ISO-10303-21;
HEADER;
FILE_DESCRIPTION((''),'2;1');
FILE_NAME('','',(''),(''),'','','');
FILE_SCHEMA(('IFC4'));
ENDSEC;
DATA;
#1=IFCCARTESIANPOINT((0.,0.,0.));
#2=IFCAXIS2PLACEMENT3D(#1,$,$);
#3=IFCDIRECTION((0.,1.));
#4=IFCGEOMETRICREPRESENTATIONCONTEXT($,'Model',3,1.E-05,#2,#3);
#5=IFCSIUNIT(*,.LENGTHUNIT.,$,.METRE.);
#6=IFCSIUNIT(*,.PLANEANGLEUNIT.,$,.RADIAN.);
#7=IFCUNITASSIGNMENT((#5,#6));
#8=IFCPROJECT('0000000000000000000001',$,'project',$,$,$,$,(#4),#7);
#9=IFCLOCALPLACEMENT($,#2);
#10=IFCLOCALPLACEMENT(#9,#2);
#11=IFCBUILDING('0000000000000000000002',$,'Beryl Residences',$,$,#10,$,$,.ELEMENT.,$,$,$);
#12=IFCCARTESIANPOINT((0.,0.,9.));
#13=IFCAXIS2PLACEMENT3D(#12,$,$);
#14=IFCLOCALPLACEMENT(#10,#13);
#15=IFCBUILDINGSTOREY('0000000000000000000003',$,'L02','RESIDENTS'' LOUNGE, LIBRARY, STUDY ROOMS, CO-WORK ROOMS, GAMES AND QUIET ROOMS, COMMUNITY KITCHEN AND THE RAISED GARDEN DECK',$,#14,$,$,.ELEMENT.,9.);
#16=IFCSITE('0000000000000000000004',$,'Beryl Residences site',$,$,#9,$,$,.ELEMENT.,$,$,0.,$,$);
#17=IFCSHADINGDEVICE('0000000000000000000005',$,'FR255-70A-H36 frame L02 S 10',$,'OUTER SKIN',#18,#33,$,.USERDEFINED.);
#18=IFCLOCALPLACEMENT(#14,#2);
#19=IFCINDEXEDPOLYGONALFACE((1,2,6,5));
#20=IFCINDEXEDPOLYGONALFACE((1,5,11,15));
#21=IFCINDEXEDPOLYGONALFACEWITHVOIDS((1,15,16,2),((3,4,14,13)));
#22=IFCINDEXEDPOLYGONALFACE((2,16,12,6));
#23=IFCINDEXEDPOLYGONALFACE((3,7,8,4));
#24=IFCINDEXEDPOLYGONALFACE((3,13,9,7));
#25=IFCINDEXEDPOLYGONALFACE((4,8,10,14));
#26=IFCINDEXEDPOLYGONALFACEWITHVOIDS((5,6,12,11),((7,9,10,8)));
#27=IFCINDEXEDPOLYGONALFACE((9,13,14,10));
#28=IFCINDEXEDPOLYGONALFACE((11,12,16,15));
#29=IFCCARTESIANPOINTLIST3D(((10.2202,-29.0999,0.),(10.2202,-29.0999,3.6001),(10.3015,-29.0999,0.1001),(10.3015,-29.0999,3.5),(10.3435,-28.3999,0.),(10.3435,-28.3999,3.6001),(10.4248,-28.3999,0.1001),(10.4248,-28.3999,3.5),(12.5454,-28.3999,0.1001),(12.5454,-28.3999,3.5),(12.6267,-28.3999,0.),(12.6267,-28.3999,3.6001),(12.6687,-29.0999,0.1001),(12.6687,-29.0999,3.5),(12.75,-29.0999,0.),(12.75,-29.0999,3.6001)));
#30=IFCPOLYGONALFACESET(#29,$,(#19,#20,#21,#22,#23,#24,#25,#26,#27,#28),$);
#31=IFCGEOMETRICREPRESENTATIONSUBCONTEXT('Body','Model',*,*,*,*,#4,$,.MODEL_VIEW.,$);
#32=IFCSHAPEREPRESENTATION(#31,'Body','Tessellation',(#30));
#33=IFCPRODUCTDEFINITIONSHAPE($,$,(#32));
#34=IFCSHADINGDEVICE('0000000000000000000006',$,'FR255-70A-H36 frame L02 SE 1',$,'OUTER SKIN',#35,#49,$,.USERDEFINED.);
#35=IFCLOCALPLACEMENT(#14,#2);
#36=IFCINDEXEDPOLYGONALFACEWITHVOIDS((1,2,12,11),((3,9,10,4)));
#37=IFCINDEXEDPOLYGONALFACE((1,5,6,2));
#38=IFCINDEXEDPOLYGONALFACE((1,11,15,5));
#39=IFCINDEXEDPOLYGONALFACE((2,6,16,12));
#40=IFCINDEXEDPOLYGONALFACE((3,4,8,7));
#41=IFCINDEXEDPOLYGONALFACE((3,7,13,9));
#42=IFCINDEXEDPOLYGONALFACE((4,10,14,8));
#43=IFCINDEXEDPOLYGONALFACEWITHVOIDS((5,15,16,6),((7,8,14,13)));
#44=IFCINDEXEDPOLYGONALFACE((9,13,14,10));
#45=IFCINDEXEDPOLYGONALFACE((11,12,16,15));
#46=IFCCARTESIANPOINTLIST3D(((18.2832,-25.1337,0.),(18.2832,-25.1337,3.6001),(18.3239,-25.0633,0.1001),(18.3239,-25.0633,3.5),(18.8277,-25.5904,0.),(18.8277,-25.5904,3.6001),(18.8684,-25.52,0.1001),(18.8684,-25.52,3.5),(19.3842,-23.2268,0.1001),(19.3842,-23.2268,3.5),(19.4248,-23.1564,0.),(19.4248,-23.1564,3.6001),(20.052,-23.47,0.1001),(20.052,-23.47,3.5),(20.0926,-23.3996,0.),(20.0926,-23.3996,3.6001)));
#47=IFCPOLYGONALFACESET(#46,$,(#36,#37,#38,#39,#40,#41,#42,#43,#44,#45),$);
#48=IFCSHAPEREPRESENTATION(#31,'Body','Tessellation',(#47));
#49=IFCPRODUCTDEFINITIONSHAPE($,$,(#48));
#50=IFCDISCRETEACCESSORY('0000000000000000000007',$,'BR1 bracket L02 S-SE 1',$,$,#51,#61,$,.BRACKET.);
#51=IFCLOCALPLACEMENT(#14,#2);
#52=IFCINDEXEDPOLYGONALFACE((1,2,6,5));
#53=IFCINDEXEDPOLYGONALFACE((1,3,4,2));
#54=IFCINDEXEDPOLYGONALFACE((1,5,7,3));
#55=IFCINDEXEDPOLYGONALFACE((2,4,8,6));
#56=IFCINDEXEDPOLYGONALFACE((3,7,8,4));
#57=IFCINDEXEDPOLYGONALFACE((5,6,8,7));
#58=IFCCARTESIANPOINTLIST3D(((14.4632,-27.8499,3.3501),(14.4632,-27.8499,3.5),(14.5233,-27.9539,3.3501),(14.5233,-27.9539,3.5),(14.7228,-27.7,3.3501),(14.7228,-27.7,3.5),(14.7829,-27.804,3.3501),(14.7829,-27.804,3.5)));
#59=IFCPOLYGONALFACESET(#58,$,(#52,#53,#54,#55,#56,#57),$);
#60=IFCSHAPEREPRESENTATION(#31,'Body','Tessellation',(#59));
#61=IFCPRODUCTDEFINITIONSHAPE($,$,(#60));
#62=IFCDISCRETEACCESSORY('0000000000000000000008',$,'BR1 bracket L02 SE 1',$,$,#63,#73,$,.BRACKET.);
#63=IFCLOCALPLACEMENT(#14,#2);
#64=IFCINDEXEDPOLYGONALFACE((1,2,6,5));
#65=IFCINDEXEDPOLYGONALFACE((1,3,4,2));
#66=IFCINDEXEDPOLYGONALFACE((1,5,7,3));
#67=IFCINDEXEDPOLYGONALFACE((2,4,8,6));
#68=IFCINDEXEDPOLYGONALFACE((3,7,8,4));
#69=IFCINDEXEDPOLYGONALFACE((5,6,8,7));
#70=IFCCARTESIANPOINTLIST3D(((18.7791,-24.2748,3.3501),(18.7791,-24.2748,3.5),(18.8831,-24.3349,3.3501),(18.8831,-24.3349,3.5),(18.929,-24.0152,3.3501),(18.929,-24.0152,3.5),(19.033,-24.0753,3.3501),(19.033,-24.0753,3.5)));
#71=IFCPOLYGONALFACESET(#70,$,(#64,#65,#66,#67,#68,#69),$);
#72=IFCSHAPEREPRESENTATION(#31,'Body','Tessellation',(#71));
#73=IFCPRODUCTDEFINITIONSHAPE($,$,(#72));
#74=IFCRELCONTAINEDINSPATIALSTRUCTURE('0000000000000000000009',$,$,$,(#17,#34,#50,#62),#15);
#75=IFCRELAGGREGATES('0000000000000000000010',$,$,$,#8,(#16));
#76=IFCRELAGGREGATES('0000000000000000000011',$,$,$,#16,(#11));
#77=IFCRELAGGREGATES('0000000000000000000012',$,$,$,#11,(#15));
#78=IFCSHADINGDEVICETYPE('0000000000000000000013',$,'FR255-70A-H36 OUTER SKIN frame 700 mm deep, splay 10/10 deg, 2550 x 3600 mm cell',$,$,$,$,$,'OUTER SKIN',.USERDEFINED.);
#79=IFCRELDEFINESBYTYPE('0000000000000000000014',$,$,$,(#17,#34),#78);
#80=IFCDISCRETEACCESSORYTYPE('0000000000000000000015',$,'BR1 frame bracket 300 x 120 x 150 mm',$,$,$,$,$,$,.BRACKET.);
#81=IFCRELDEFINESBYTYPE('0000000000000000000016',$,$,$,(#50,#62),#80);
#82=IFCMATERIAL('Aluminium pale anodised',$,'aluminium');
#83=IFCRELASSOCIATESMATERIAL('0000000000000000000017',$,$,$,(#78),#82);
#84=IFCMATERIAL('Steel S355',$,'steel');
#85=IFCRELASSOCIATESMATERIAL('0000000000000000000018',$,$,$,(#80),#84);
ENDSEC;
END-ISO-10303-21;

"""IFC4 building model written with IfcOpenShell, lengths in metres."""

from ifc_helpers import new_model, entity, si_unit, direction, frame, origin, place, context, subcontext, project, spatial, polyline, outline, extrude, source, transform, mapped, material, type_object, type_shapes, element, save


model = new_model("IFC4")

# Units and contexts
model_context = context("Model", 3, precision=1e-05, world=origin(), true_north=direction((0.0, 1.0)))
body_context = subcontext(model_context, "Body", "Model", "MODEL_VIEW")
ifc_project = project(units=[si_unit("LENGTHUNIT", "METRE"), si_unit("PLANEANGLEUNIT", "RADIAN")], contexts=[model_context])

# Site, building, storey
site_placement = place(None, origin())
site = spatial("IfcSite", under=ifc_project, at=site_placement, Name="Beryl Residences site", CompositionType="ELEMENT", RefElevation=0.0)
building_placement = place(site_placement, origin())
building = spatial("IfcBuilding", under=site, at=building_placement, Name="Beryl Residences", CompositionType="ELEMENT")
storey_placement = place(building_placement, frame((0.0, 0.0, 9.0)))
storey = spatial("IfcBuildingStorey", under=building, at=storey_placement, Name="L02", Description="RESIDENTS' LOUNGE, LIBRARY, STUDY ROOMS, CO-WORK ROOMS, GAMES AND QUIET ROOMS, COMMUNITY KITCHEN AND THE RAISED GARDEN DECK", CompositionType="ELEMENT", Elevation=9.0)

# Shading devices
ifc_material_1 = material(Name="Aluminium pale anodised", Category="aluminium")
shading_device_type_1 = type_object("IfcShadingDeviceType", Name="FR255-70A-H36 OUTER SKIN frame 700 mm deep, splay 10/10 deg, 2550 x 3600 mm cell", ElementType="OUTER SKIN", PredefinedType="USERDEFINED", material=ifc_material_1)
cartesian_point_1 = entity("IfcCartesianPoint", [-1.1416, 0.0])
cartesian_point_2 = entity("IfcCartesianPoint", [-1.0603, 0.1001])
cartesian_point_3 = entity("IfcCartesianPoint", [-1.2649, 0.0])
cartesian_point_4 = entity("IfcCartesianPoint", [-1.1836, 0.1001])
shared_shape_1 = source(origin(), body_context, "Body", "SweptSolid", [
    entity("IfcExtrudedAreaSolidTapered", entity("IfcArbitraryProfileDefWithVoids", "AREA", None, entity("IfcPolyline", [cartesian_point_1, entity("IfcCartesianPoint", [1.1416, 0.0]), entity("IfcCartesianPoint", [1.1416, 3.6001]), entity("IfcCartesianPoint", [-1.1416, 3.6001]), cartesian_point_1]), [entity("IfcPolyline", [cartesian_point_2, entity("IfcCartesianPoint", [1.0603, 0.1001]), entity("IfcCartesianPoint", [1.0603, 3.5]), entity("IfcCartesianPoint", [-1.0603, 3.5]), cartesian_point_2])]), entity("IfcAxis2Placement3D", entity("IfcCartesianPoint", [0.0, 0.0, 0.0]), entity("IfcDirection", [0.0, 1.0, 0.0]), entity("IfcDirection", [-1.0, 0.0, 0.0])), entity("IfcDirection", [0.0, 0.0, 1.0]), 0.7, entity("IfcArbitraryProfileDefWithVoids", "AREA", None, entity("IfcPolyline", [cartesian_point_3, entity("IfcCartesianPoint", [1.2649, 0.0]), entity("IfcCartesianPoint", [1.2649, 3.6001]), entity("IfcCartesianPoint", [-1.2649, 3.6001]), cartesian_point_3]), [entity("IfcPolyline", [cartesian_point_4, entity("IfcCartesianPoint", [1.1836, 0.1001]), entity("IfcCartesianPoint", [1.1836, 3.5]), entity("IfcCartesianPoint", [-1.1836, 3.5]), cartesian_point_4])])),
])
type_shapes(shading_device_type_1, [shared_shape_1])
for number, where, z_axis, x_axis, name in (
    (1, (11.4851, -28.3999, 0.0), (0.0, 0.0, 1.0), (-1.0, 0.0, 0.0), "FR255-70A-H36 frame L02 S 10"),
    (2, (18.854, -24.145, 0.0), (0.0, 0.0, 1.0), (-0.5, -0.866025, 0.0), "FR255-70A-H36 frame L02 SE 1"),
):
    element("IfcShadingDevice", number, at=place(storey_placement, frame(where, z_axis=z_axis, x_axis=x_axis)), inside=storey, type_object=shading_device_type_1, Name=name, ObjectType="OUTER SKIN", PredefinedType="USERDEFINED", context=body_context, shape_type="MappedRepresentation", body=[
        mapped(shared_shape_1, transform((0.0, 0.0, 0.0))),
    ])

# Discrete accessories
ifc_material_2 = material(Name="Steel S355", Category="steel")
discrete_accessory_type = type_object("IfcDiscreteAccessoryType", Name="BR1 frame bracket 300 x 120 x 150 mm", PredefinedType="BRACKET", material=ifc_material_2)
shared_shape_2 = source(origin(), body_context, "Body", "SweptSolid", [
    extrude(outline(polyline([(-0.1499, 0.0), (0.1499, 0.0), (0.1499, 0.1201), (-0.1499, 0.1201), (-0.1499, 0.0)])), origin(), (0.0, 0.0, 1.0), 0.1499),
])
type_shapes(discrete_accessory_type, [shared_shape_2])
for number, where, z_axis, x_axis, name in (
    (3, (14.593, -27.7749, 3.3501), (0.0, 0.0, 1.0), (-0.866025, -0.5, 0.0), "BR1 bracket L02 S-SE 1"),
    (4, (18.854, -24.145, 3.3501), (0.0, 0.0, 1.0), (-0.5, -0.866025, 0.0), "BR1 bracket L02 SE 1"),
):
    element("IfcDiscreteAccessory", number, at=place(storey_placement, frame(where, z_axis=z_axis, x_axis=x_axis)), inside=storey, type_object=discrete_accessory_type, Name=name, PredefinedType="BRACKET", context=body_context, shape_type="MappedRepresentation", body=[
        mapped(shared_shape_2, transform((0.0, 0.0, 0.0))),
    ])

save(model, "model.ifc")
